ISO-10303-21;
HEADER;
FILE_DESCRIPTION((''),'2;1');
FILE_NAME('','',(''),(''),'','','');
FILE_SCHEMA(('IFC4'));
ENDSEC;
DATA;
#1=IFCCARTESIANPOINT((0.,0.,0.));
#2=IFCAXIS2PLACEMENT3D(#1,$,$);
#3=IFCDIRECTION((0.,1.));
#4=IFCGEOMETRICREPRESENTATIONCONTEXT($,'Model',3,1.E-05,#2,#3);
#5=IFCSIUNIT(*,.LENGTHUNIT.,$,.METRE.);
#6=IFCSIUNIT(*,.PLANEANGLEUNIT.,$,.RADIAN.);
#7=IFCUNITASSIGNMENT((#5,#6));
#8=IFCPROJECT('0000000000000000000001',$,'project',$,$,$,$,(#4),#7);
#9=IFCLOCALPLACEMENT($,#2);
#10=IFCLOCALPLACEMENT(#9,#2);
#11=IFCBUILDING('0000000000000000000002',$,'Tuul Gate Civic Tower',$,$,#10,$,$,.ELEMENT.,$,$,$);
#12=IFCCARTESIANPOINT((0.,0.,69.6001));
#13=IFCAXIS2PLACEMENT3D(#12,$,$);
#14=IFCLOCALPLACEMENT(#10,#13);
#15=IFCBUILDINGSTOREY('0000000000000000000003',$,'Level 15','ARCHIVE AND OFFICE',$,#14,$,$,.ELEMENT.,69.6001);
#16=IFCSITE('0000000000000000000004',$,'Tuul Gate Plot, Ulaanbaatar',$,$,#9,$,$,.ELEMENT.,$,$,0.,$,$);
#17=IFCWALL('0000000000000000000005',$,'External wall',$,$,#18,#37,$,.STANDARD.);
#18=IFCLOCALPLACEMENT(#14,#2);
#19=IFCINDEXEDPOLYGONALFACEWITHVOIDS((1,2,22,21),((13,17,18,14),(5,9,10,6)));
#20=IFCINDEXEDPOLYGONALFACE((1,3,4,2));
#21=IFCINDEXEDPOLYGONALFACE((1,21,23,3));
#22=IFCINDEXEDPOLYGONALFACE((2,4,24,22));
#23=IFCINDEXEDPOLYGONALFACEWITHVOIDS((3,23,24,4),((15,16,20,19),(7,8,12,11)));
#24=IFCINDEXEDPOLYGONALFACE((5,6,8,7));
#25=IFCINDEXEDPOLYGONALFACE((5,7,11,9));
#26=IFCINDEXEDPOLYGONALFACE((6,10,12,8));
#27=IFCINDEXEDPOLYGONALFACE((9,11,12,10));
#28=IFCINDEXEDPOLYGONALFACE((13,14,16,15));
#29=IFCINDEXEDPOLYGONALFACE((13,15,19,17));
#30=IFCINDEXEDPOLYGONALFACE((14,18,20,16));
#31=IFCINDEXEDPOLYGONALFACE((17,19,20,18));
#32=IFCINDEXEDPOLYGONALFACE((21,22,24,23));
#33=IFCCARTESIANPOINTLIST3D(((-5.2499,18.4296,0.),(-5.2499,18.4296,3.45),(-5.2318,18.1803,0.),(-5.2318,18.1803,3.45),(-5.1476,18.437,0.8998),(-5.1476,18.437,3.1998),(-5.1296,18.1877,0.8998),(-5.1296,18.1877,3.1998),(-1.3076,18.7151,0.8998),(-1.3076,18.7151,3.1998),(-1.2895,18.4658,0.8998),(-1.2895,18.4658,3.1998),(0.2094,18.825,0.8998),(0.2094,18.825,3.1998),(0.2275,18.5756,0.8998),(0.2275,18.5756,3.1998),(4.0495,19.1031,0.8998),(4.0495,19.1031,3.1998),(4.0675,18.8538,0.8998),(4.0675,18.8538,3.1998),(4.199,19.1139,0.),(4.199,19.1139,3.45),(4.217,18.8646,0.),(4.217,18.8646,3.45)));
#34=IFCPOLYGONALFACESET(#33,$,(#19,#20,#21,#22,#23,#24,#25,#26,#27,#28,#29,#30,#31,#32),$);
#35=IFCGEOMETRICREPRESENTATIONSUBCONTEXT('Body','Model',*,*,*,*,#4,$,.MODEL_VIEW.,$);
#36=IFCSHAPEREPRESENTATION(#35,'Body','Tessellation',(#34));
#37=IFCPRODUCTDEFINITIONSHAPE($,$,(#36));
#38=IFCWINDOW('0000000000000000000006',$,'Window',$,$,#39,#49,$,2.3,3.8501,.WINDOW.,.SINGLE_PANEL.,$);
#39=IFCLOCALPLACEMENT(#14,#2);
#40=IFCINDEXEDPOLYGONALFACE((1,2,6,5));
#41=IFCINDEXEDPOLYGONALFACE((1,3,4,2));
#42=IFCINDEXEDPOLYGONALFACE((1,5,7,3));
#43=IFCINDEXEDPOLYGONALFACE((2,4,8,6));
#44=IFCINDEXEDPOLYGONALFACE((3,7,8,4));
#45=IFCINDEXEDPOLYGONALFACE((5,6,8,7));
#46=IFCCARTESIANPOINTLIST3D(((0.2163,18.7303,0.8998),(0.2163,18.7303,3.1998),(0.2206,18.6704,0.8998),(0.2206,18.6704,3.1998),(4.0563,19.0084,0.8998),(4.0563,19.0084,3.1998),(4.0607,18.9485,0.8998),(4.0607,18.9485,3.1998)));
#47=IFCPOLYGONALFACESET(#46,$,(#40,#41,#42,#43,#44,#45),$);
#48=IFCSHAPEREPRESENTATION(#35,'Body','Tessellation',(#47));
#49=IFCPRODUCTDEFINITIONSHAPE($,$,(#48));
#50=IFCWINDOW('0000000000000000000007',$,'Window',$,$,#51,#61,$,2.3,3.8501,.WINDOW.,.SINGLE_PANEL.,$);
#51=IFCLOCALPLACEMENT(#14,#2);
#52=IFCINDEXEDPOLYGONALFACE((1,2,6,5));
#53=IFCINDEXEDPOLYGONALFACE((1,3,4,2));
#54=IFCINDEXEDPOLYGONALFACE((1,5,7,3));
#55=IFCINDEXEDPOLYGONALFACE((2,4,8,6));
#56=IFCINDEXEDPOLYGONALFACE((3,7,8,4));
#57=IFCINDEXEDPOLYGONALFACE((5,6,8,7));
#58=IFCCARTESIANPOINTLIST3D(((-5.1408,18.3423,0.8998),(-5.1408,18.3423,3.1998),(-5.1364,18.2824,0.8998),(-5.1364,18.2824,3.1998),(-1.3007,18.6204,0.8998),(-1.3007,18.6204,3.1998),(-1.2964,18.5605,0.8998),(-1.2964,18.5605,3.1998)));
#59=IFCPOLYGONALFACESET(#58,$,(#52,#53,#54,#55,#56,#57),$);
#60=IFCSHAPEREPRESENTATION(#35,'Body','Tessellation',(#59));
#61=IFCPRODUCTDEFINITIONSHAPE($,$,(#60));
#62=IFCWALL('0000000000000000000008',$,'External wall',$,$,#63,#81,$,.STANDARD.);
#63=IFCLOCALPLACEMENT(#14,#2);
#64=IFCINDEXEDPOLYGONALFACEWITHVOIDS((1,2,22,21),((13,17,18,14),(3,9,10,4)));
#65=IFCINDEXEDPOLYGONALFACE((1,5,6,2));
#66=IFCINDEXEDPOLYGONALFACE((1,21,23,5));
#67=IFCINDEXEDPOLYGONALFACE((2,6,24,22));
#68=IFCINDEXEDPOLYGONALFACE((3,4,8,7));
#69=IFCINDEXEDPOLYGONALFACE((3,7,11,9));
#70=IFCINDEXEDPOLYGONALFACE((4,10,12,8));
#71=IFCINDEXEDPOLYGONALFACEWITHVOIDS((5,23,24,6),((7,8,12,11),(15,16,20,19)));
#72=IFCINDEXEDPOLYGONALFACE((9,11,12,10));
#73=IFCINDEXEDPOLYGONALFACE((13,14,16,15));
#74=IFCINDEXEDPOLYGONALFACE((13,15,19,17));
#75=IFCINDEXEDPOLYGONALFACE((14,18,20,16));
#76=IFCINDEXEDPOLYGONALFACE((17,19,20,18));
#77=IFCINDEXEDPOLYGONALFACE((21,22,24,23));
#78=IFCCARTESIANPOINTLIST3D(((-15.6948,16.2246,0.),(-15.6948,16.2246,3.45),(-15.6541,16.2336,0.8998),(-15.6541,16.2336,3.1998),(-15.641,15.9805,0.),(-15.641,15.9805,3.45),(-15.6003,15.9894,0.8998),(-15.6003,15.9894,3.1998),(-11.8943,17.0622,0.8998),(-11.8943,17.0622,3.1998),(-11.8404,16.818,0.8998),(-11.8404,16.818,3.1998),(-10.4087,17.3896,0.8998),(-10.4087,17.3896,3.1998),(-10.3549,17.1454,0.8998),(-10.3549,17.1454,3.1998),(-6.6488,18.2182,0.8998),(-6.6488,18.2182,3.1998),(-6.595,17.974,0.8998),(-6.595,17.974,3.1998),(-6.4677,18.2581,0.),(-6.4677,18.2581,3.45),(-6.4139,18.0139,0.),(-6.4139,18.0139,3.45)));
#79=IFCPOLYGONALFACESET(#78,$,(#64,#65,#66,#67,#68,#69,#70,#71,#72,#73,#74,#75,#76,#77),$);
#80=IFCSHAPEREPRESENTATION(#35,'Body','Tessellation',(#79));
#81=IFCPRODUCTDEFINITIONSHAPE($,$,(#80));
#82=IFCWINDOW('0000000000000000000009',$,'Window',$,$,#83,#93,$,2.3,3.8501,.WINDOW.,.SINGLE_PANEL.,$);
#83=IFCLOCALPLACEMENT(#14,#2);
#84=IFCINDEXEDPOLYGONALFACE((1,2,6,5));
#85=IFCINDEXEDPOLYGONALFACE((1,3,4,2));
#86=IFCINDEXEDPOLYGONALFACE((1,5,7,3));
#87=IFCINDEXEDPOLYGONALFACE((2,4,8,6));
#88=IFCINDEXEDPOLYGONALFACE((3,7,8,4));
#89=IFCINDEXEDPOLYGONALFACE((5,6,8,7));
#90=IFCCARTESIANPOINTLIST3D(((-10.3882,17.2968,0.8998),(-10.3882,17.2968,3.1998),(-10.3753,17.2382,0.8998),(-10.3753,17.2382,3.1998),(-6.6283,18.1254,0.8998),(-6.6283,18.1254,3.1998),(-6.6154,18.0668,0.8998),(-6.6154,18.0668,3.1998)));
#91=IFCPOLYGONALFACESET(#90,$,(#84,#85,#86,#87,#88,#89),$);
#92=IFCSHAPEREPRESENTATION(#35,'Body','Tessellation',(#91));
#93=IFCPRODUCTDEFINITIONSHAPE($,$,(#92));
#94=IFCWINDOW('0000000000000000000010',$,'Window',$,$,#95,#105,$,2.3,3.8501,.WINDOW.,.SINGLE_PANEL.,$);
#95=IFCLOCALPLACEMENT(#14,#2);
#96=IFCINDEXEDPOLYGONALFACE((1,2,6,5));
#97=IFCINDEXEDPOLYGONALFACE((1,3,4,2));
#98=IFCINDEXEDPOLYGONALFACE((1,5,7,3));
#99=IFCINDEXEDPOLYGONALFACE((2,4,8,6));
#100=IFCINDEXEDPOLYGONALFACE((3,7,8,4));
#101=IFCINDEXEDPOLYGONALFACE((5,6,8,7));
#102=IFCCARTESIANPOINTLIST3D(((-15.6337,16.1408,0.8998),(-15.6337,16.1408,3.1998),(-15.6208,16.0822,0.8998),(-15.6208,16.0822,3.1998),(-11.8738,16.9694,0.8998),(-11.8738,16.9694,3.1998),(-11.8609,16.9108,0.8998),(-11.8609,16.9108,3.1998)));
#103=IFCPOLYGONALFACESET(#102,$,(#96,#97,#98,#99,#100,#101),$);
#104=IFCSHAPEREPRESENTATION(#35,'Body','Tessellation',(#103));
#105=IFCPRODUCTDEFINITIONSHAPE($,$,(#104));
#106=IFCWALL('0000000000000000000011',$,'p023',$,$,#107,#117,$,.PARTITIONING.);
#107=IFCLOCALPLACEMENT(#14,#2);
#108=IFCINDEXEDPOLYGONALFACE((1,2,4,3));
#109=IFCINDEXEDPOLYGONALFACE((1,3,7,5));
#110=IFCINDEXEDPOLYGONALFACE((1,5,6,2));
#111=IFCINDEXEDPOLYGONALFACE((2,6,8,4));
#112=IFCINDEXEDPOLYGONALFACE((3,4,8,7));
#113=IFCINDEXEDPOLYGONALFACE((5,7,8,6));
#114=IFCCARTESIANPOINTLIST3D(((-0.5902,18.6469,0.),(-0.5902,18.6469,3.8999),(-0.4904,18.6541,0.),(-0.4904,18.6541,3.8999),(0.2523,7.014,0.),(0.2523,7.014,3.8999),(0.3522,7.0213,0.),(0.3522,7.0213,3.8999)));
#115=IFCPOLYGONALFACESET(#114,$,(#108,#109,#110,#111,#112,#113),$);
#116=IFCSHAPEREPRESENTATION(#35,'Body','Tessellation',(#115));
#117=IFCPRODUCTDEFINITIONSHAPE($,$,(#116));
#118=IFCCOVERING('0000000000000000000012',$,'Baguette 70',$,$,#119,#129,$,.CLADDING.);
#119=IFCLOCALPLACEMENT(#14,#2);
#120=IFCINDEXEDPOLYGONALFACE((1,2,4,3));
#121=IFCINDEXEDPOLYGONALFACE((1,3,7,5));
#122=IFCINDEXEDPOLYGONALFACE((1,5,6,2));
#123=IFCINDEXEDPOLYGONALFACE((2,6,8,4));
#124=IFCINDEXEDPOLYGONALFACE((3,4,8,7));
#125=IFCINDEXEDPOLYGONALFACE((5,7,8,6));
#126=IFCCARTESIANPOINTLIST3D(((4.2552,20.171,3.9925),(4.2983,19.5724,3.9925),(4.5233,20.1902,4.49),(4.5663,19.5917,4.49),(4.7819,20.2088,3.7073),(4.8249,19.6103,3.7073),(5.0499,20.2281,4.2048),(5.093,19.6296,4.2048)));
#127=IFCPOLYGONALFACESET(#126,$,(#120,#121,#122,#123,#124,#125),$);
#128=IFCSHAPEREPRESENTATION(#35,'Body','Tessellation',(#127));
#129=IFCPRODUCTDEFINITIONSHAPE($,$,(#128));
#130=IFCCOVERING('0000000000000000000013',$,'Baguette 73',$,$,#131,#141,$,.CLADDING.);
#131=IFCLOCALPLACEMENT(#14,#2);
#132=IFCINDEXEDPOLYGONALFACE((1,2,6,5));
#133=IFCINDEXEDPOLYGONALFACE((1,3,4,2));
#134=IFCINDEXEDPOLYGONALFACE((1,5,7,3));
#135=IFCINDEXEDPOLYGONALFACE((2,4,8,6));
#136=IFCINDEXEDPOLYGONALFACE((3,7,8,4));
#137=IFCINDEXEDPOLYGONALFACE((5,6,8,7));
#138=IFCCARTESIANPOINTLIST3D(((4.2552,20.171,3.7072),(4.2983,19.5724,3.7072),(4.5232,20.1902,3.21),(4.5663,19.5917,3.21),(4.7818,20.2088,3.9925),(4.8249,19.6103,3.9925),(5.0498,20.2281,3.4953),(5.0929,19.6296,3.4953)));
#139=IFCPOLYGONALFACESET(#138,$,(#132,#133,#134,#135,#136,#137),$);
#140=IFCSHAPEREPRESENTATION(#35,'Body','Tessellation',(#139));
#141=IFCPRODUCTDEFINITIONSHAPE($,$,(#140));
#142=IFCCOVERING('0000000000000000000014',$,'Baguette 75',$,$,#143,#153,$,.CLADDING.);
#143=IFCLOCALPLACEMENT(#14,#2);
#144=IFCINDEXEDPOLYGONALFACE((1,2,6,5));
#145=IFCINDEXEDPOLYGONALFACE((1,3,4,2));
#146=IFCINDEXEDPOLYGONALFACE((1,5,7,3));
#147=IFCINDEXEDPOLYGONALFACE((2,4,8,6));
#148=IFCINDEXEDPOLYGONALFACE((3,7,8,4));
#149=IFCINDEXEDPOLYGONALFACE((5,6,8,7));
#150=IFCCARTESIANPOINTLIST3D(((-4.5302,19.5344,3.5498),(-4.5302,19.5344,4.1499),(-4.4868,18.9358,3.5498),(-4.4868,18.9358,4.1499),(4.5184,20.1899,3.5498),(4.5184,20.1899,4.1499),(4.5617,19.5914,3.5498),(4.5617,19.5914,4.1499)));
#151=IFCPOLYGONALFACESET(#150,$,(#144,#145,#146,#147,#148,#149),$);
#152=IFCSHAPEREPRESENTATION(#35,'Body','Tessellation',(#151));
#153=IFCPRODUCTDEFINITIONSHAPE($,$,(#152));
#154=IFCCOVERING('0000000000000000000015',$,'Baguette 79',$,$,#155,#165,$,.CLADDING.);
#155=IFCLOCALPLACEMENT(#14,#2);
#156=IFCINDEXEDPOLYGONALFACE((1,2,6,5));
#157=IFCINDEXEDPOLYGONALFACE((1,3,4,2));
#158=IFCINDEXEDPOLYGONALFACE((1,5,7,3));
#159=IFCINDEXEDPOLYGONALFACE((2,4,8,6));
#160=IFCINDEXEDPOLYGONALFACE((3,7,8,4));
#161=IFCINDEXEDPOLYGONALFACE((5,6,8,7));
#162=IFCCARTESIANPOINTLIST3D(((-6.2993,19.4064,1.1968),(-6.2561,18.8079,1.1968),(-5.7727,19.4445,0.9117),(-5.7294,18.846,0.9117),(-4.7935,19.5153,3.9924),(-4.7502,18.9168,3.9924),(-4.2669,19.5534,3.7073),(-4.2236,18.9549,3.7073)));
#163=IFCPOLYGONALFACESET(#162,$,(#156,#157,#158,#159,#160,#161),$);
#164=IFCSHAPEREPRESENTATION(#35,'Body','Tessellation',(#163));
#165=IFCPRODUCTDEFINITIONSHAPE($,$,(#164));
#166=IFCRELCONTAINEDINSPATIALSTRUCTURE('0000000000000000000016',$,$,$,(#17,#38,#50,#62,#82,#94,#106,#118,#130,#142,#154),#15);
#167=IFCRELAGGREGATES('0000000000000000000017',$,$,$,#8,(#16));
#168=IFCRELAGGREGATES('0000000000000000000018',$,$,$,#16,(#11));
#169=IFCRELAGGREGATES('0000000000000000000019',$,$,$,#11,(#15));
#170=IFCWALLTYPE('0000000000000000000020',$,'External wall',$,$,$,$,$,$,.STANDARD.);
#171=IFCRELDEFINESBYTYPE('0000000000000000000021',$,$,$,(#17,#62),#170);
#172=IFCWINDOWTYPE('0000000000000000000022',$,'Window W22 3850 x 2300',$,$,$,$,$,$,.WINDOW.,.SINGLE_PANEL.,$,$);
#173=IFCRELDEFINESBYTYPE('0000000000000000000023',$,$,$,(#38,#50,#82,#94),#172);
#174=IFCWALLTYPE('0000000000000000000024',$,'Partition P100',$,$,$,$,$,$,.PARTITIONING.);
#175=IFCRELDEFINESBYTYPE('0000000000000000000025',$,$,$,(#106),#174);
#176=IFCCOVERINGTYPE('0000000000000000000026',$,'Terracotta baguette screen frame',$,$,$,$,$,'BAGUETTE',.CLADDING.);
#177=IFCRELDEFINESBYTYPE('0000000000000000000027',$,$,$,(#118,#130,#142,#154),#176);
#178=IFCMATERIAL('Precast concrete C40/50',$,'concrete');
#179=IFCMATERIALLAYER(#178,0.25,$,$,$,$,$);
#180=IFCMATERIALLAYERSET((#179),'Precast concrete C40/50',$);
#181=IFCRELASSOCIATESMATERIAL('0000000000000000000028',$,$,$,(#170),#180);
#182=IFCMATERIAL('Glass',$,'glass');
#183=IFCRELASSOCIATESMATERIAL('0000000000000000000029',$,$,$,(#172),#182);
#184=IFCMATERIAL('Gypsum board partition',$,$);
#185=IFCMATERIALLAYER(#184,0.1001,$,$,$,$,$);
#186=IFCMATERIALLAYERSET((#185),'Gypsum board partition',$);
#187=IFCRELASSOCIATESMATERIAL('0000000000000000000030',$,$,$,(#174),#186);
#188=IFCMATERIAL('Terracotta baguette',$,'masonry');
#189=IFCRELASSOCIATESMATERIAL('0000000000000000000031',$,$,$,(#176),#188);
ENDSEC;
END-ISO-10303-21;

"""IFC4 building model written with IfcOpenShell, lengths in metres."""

from ifc_helpers import new_model, si_unit, direction, frame, frame_2d, origin, origin_2d, place, context, subcontext, project, spatial, rectangle, extrude, material, layer, layer_set, material_profile, profile_set, type_object, element, fill, save


model = new_model("IFC4")

# Units and contexts
model_context = context("Model", 3, precision=1e-05, world=origin(), true_north=direction((0.0, 1.0)))
body_context = subcontext(model_context, "Body", "Model", "MODEL_VIEW")
ifc_project = project(units=[si_unit("LENGTHUNIT", "METRE"), si_unit("PLANEANGLEUNIT", "RADIAN")], contexts=[model_context])

# Site, building, storey
site_placement = place(None, origin())
site = spatial("IfcSite", under=ifc_project, at=site_placement, Name="Tuul Gate Plot, Ulaanbaatar", CompositionType="ELEMENT", RefElevation=0.0)
building_placement = place(site_placement, origin())
building = spatial("IfcBuilding", under=site, at=building_placement, Name="Tuul Gate Civic Tower", CompositionType="ELEMENT")
storey_placement = place(building_placement, frame((0.0, 0.0, 69.6001)))
storey = spatial("IfcBuildingStorey", under=building, at=storey_placement, Name="Level 15", Description="ARCHIVE AND OFFICE", CompositionType="ELEMENT", Elevation=69.6001)

# Walls, openings, windows
ifc_material_1 = material(Name="Precast concrete C40/50", Category="concrete")
ifc_layer_1 = layer(ifc_material_1, 0.25)
ifc_layer_set_1 = layer_set([ifc_layer_1], Name="Precast concrete C40/50")
wall_type_1 = type_object("IfcWallType", Name="External wall", PredefinedType="STANDARD", material=ifc_layer_set_1)
wall_1_placement = place(storey_placement, frame((4.208, 18.9893, 0.0), z_axis=(0.0, 0.0, 1.0), x_axis=(-0.997388, -0.072234, 0.0)))
wall_1 = element("IfcWall", 1, at=wall_1_placement, inside=storey, type_object=wall_type_1, Name="External wall", PredefinedType="STANDARD", context=body_context, shape_type="SweptSolid", body=[
    extrude(rectangle(XDim=9.4736, YDim=0.25, at=frame_2d((4.7368, 0.0))), origin(), (0.0, 0.0, 1.0), 3.45),
])
opening_1_placement = place(wall_1_placement, frame((0.1499, 0.0, 0.8999)))
opening_1 = element("IfcOpeningElement", 2, at=opening_1_placement, cuts=wall_1, PredefinedType="OPENING", context=body_context, shape_type="SweptSolid", body=[
    extrude(rectangle(XDim=3.8501, YDim=2.3, at=frame_2d((1.925, 1.1499))), frame((0.0, 0.135, 0.0), z_axis=(0.0, -1.0, 0.0), x_axis=(1.0, 0.0, 0.0)), (0.0, 0.0, 1.0), 0.27),
])
opening_2_placement = place(wall_1_placement, frame((5.521, 0.0, 0.8999)))
opening_2 = element("IfcOpeningElement", 3, at=opening_2_placement, cuts=wall_1, PredefinedType="OPENING", context=body_context, shape_type="SweptSolid", body=[
    extrude(rectangle(XDim=3.8501, YDim=2.3, at=frame_2d((1.925, 1.1499))), frame((0.0, 0.135, 0.0), z_axis=(0.0, -1.0, 0.0), x_axis=(1.0, 0.0, 0.0)), (0.0, 0.0, 1.0), 0.27),
])
ifc_material_2 = material(Name="Glass", Category="glass")
window_type = type_object("IfcWindowType", Name="Window W22 3850 x 2300", PartitioningType="SINGLE_PANEL", PredefinedType="WINDOW", material=ifc_material_2)
window_1_placement = place(opening_1_placement, origin())
window_1 = element("IfcWindow", 4, at=window_1_placement, inside=storey, type_object=window_type, Name="Window", OverallHeight=2.3, OverallWidth=3.8501, PartitioningType="SINGLE_PANEL", PredefinedType="WINDOW", context=body_context, shape_type="SweptSolid", body=[
    extrude(rectangle(XDim=3.8501, YDim=2.3, at=frame_2d((1.925, 1.1499))), frame((0.0, 0.03, 0.0), z_axis=(0.0, -1.0, 0.0), x_axis=(1.0, 0.0, 0.0)), (0.0, 0.0, 1.0), 0.0601),
])
fill(opening_1, window_1)
window_2_placement = place(opening_2_placement, origin())
window_2 = element("IfcWindow", 5, at=window_2_placement, inside=storey, type_object=window_type, Name="Window", OverallHeight=2.3, OverallWidth=3.8501, PartitioningType="SINGLE_PANEL", PredefinedType="WINDOW", context=body_context, shape_type="SweptSolid", body=[
    extrude(rectangle(XDim=3.8501, YDim=2.3, at=frame_2d((1.925, 1.1499))), frame((0.0, 0.03, 0.0), z_axis=(0.0, -1.0, 0.0), x_axis=(1.0, 0.0, 0.0)), (0.0, 0.0, 1.0), 0.0601),
])
fill(opening_2, window_2)
wall_2_placement = place(storey_placement, frame((-6.4409, 18.136, 0.0), z_axis=(0.0, 0.0, 1.0), x_axis=(-0.976567, -0.215215, 0.0)))
wall_2 = element("IfcWall", 6, at=wall_2_placement, inside=storey, type_object=wall_type_1, Name="External wall", PredefinedType="STANDARD", context=body_context, shape_type="SweptSolid", body=[
    extrude(rectangle(XDim=9.4485, YDim=0.25, at=frame_2d((4.7241, 0.0))), origin(), (0.0, 0.0, 1.0), 3.45),
])
opening_3_placement = place(wall_2_placement, frame((0.1853, 0.0, 0.8999)))
opening_3 = element("IfcOpeningElement", 7, at=opening_3_placement, cuts=wall_2, PredefinedType="OPENING", context=body_context, shape_type="SweptSolid", body=[
    extrude(rectangle(XDim=3.8501, YDim=2.3, at=frame_2d((1.925, 1.1499))), frame((0.0, 0.135, 0.0), z_axis=(0.0, -1.0, 0.0), x_axis=(1.0, 0.0, 0.0)), (0.0, 0.0, 1.0), 0.27),
])
opening_4_placement = place(wall_2_placement, frame((5.5566, 0.0, 0.8999)))
opening_4 = element("IfcOpeningElement", 8, at=opening_4_placement, cuts=wall_2, PredefinedType="OPENING", context=body_context, shape_type="SweptSolid", body=[
    extrude(rectangle(XDim=3.8501, YDim=2.3, at=frame_2d((1.925, 1.1499))), frame((0.0, 0.135, 0.0), z_axis=(0.0, -1.0, 0.0), x_axis=(1.0, 0.0, 0.0)), (0.0, 0.0, 1.0), 0.27),
])
window_3_placement = place(opening_3_placement, origin())
window_3 = element("IfcWindow", 9, at=window_3_placement, inside=storey, type_object=window_type, Name="Window", OverallHeight=2.3, OverallWidth=3.8501, PartitioningType="SINGLE_PANEL", PredefinedType="WINDOW", context=body_context, shape_type="SweptSolid", body=[
    extrude(rectangle(XDim=3.8501, YDim=2.3, at=frame_2d((1.925, 1.1499))), frame((0.0, 0.03, 0.0), z_axis=(0.0, -1.0, 0.0), x_axis=(1.0, 0.0, 0.0)), (0.0, 0.0, 1.0), 0.0601),
])
fill(opening_3, window_3)
window_4_placement = place(opening_4_placement, origin())
window_4 = element("IfcWindow", 10, at=window_4_placement, inside=storey, type_object=window_type, Name="Window", OverallHeight=2.3, OverallWidth=3.8501, PartitioningType="SINGLE_PANEL", PredefinedType="WINDOW", context=body_context, shape_type="SweptSolid", body=[
    extrude(rectangle(XDim=3.8501, YDim=2.3, at=frame_2d((1.925, 1.1499))), frame((0.0, 0.03, 0.0), z_axis=(0.0, -1.0, 0.0), x_axis=(1.0, 0.0, 0.0)), (0.0, 0.0, 1.0), 0.0601),
])
fill(opening_4, window_4)

# Wall
ifc_material_3 = material(Name="Gypsum board partition")
ifc_layer_2 = layer(ifc_material_3, 0.1001)
ifc_layer_set_2 = layer_set([ifc_layer_2], Name="Gypsum board partition")
wall_type_2 = type_object("IfcWallType", Name="Partition P100", PredefinedType="PARTITIONING", material=ifc_layer_set_2)
wall_3_placement = place(storey_placement, frame((-0.5403, 18.6504, 0.0), z_axis=(0.0, 0.0, 1.0), x_axis=(0.072238, -0.997387, 0.0)))
element("IfcWall", 11, at=wall_3_placement, inside=storey, type_object=wall_type_2, Name="p023", PredefinedType="PARTITIONING", context=body_context, shape_type="SweptSolid", body=[
    extrude(rectangle(XDim=11.6633, YDim=0.1001, at=frame_2d((5.8315, 0.0))), origin(), (0.0, 0.0, 1.0), 3.8999),
])

# Coverings
ifc_material_4 = material(Name="Terracotta baguette", Category="masonry")
ifc_material_profile_1 = material_profile(ifc_material_4, rectangle(XDim=0.6001, YDim=0.6001, at=origin_2d()), Name="Terracotta baguette screen frame")
ifc_profile_set_1 = profile_set([ifc_material_profile_1], Name="Terracotta baguette")
covering_type = type_object("IfcCoveringType", Name="Terracotta baguette screen frame", ElementType="BAGUETTE", PredefinedType="CLADDING", material=ifc_profile_set_1)
covering_1_placement = place(storey_placement, frame((4.8081, 19.9099, 4.3474), z_axis=(-0.47403, -0.034106, -0.879848), x_axis=(0.071763, -0.997422, 0.0)))
element("IfcCovering", 12, at=covering_1_placement, inside=storey, type_object=covering_type, Name="Baguette 70", PredefinedType="CLADDING", context=body_context, shape_type="SweptSolid", body=[
    extrude(rectangle(XDim=0.6001, YDim=0.6001, at=origin_2d()), origin(), (0.0, 0.0, 1.0), 0.5654),
])
covering_2_placement = place(storey_placement, frame((4.54, 19.8906, 3.8499), z_axis=(0.47421, 0.034119, -0.87975), x_axis=(-0.071763, 0.997422, 0.0)))
element("IfcCovering", 13, at=covering_2_placement, inside=storey, type_object=covering_type, Name="Baguette 73", PredefinedType="CLADDING", context=body_context, shape_type="SweptSolid", body=[
    extrude(rectangle(XDim=0.6001, YDim=0.6001, at=origin_2d()), origin(), (0.0, 0.0, 1.0), 0.5652),
])
covering_3_placement = place(storey_placement, frame((4.54, 19.8906, 3.8499), z_axis=(-0.997386, -0.072255, 0.0), x_axis=(0.072255, -0.997386, 0.0)))
element("IfcCovering", 14, at=covering_3_placement, inside=storey, type_object=covering_type, Name="Baguette 75", PredefinedType="CLADDING", context=body_context, shape_type="SweptSolid", body=[
    extrude(rectangle(XDim=0.6001, YDim=0.6001, at=origin_2d()), origin(), (0.0, 0.0, 1.0), 9.0723),
])
covering_4_placement = place(storey_placement, frame((-4.5085, 19.2351, 3.8499), z_axis=(-0.473945, -0.03427, -0.879887), x_axis=(0.07212, -0.997396, 0.0)))
element("IfcCovering", 15, at=covering_4_placement, inside=storey, type_object=covering_type, Name="Baguette 79", PredefinedType="CLADDING", context=body_context, shape_type="SweptSolid", body=[
    extrude(rectangle(XDim=0.6001, YDim=0.6001, at=origin_2d()), origin(), (0.0, 0.0, 1.0), 3.1772),
])

save(model, "model.ifc")
